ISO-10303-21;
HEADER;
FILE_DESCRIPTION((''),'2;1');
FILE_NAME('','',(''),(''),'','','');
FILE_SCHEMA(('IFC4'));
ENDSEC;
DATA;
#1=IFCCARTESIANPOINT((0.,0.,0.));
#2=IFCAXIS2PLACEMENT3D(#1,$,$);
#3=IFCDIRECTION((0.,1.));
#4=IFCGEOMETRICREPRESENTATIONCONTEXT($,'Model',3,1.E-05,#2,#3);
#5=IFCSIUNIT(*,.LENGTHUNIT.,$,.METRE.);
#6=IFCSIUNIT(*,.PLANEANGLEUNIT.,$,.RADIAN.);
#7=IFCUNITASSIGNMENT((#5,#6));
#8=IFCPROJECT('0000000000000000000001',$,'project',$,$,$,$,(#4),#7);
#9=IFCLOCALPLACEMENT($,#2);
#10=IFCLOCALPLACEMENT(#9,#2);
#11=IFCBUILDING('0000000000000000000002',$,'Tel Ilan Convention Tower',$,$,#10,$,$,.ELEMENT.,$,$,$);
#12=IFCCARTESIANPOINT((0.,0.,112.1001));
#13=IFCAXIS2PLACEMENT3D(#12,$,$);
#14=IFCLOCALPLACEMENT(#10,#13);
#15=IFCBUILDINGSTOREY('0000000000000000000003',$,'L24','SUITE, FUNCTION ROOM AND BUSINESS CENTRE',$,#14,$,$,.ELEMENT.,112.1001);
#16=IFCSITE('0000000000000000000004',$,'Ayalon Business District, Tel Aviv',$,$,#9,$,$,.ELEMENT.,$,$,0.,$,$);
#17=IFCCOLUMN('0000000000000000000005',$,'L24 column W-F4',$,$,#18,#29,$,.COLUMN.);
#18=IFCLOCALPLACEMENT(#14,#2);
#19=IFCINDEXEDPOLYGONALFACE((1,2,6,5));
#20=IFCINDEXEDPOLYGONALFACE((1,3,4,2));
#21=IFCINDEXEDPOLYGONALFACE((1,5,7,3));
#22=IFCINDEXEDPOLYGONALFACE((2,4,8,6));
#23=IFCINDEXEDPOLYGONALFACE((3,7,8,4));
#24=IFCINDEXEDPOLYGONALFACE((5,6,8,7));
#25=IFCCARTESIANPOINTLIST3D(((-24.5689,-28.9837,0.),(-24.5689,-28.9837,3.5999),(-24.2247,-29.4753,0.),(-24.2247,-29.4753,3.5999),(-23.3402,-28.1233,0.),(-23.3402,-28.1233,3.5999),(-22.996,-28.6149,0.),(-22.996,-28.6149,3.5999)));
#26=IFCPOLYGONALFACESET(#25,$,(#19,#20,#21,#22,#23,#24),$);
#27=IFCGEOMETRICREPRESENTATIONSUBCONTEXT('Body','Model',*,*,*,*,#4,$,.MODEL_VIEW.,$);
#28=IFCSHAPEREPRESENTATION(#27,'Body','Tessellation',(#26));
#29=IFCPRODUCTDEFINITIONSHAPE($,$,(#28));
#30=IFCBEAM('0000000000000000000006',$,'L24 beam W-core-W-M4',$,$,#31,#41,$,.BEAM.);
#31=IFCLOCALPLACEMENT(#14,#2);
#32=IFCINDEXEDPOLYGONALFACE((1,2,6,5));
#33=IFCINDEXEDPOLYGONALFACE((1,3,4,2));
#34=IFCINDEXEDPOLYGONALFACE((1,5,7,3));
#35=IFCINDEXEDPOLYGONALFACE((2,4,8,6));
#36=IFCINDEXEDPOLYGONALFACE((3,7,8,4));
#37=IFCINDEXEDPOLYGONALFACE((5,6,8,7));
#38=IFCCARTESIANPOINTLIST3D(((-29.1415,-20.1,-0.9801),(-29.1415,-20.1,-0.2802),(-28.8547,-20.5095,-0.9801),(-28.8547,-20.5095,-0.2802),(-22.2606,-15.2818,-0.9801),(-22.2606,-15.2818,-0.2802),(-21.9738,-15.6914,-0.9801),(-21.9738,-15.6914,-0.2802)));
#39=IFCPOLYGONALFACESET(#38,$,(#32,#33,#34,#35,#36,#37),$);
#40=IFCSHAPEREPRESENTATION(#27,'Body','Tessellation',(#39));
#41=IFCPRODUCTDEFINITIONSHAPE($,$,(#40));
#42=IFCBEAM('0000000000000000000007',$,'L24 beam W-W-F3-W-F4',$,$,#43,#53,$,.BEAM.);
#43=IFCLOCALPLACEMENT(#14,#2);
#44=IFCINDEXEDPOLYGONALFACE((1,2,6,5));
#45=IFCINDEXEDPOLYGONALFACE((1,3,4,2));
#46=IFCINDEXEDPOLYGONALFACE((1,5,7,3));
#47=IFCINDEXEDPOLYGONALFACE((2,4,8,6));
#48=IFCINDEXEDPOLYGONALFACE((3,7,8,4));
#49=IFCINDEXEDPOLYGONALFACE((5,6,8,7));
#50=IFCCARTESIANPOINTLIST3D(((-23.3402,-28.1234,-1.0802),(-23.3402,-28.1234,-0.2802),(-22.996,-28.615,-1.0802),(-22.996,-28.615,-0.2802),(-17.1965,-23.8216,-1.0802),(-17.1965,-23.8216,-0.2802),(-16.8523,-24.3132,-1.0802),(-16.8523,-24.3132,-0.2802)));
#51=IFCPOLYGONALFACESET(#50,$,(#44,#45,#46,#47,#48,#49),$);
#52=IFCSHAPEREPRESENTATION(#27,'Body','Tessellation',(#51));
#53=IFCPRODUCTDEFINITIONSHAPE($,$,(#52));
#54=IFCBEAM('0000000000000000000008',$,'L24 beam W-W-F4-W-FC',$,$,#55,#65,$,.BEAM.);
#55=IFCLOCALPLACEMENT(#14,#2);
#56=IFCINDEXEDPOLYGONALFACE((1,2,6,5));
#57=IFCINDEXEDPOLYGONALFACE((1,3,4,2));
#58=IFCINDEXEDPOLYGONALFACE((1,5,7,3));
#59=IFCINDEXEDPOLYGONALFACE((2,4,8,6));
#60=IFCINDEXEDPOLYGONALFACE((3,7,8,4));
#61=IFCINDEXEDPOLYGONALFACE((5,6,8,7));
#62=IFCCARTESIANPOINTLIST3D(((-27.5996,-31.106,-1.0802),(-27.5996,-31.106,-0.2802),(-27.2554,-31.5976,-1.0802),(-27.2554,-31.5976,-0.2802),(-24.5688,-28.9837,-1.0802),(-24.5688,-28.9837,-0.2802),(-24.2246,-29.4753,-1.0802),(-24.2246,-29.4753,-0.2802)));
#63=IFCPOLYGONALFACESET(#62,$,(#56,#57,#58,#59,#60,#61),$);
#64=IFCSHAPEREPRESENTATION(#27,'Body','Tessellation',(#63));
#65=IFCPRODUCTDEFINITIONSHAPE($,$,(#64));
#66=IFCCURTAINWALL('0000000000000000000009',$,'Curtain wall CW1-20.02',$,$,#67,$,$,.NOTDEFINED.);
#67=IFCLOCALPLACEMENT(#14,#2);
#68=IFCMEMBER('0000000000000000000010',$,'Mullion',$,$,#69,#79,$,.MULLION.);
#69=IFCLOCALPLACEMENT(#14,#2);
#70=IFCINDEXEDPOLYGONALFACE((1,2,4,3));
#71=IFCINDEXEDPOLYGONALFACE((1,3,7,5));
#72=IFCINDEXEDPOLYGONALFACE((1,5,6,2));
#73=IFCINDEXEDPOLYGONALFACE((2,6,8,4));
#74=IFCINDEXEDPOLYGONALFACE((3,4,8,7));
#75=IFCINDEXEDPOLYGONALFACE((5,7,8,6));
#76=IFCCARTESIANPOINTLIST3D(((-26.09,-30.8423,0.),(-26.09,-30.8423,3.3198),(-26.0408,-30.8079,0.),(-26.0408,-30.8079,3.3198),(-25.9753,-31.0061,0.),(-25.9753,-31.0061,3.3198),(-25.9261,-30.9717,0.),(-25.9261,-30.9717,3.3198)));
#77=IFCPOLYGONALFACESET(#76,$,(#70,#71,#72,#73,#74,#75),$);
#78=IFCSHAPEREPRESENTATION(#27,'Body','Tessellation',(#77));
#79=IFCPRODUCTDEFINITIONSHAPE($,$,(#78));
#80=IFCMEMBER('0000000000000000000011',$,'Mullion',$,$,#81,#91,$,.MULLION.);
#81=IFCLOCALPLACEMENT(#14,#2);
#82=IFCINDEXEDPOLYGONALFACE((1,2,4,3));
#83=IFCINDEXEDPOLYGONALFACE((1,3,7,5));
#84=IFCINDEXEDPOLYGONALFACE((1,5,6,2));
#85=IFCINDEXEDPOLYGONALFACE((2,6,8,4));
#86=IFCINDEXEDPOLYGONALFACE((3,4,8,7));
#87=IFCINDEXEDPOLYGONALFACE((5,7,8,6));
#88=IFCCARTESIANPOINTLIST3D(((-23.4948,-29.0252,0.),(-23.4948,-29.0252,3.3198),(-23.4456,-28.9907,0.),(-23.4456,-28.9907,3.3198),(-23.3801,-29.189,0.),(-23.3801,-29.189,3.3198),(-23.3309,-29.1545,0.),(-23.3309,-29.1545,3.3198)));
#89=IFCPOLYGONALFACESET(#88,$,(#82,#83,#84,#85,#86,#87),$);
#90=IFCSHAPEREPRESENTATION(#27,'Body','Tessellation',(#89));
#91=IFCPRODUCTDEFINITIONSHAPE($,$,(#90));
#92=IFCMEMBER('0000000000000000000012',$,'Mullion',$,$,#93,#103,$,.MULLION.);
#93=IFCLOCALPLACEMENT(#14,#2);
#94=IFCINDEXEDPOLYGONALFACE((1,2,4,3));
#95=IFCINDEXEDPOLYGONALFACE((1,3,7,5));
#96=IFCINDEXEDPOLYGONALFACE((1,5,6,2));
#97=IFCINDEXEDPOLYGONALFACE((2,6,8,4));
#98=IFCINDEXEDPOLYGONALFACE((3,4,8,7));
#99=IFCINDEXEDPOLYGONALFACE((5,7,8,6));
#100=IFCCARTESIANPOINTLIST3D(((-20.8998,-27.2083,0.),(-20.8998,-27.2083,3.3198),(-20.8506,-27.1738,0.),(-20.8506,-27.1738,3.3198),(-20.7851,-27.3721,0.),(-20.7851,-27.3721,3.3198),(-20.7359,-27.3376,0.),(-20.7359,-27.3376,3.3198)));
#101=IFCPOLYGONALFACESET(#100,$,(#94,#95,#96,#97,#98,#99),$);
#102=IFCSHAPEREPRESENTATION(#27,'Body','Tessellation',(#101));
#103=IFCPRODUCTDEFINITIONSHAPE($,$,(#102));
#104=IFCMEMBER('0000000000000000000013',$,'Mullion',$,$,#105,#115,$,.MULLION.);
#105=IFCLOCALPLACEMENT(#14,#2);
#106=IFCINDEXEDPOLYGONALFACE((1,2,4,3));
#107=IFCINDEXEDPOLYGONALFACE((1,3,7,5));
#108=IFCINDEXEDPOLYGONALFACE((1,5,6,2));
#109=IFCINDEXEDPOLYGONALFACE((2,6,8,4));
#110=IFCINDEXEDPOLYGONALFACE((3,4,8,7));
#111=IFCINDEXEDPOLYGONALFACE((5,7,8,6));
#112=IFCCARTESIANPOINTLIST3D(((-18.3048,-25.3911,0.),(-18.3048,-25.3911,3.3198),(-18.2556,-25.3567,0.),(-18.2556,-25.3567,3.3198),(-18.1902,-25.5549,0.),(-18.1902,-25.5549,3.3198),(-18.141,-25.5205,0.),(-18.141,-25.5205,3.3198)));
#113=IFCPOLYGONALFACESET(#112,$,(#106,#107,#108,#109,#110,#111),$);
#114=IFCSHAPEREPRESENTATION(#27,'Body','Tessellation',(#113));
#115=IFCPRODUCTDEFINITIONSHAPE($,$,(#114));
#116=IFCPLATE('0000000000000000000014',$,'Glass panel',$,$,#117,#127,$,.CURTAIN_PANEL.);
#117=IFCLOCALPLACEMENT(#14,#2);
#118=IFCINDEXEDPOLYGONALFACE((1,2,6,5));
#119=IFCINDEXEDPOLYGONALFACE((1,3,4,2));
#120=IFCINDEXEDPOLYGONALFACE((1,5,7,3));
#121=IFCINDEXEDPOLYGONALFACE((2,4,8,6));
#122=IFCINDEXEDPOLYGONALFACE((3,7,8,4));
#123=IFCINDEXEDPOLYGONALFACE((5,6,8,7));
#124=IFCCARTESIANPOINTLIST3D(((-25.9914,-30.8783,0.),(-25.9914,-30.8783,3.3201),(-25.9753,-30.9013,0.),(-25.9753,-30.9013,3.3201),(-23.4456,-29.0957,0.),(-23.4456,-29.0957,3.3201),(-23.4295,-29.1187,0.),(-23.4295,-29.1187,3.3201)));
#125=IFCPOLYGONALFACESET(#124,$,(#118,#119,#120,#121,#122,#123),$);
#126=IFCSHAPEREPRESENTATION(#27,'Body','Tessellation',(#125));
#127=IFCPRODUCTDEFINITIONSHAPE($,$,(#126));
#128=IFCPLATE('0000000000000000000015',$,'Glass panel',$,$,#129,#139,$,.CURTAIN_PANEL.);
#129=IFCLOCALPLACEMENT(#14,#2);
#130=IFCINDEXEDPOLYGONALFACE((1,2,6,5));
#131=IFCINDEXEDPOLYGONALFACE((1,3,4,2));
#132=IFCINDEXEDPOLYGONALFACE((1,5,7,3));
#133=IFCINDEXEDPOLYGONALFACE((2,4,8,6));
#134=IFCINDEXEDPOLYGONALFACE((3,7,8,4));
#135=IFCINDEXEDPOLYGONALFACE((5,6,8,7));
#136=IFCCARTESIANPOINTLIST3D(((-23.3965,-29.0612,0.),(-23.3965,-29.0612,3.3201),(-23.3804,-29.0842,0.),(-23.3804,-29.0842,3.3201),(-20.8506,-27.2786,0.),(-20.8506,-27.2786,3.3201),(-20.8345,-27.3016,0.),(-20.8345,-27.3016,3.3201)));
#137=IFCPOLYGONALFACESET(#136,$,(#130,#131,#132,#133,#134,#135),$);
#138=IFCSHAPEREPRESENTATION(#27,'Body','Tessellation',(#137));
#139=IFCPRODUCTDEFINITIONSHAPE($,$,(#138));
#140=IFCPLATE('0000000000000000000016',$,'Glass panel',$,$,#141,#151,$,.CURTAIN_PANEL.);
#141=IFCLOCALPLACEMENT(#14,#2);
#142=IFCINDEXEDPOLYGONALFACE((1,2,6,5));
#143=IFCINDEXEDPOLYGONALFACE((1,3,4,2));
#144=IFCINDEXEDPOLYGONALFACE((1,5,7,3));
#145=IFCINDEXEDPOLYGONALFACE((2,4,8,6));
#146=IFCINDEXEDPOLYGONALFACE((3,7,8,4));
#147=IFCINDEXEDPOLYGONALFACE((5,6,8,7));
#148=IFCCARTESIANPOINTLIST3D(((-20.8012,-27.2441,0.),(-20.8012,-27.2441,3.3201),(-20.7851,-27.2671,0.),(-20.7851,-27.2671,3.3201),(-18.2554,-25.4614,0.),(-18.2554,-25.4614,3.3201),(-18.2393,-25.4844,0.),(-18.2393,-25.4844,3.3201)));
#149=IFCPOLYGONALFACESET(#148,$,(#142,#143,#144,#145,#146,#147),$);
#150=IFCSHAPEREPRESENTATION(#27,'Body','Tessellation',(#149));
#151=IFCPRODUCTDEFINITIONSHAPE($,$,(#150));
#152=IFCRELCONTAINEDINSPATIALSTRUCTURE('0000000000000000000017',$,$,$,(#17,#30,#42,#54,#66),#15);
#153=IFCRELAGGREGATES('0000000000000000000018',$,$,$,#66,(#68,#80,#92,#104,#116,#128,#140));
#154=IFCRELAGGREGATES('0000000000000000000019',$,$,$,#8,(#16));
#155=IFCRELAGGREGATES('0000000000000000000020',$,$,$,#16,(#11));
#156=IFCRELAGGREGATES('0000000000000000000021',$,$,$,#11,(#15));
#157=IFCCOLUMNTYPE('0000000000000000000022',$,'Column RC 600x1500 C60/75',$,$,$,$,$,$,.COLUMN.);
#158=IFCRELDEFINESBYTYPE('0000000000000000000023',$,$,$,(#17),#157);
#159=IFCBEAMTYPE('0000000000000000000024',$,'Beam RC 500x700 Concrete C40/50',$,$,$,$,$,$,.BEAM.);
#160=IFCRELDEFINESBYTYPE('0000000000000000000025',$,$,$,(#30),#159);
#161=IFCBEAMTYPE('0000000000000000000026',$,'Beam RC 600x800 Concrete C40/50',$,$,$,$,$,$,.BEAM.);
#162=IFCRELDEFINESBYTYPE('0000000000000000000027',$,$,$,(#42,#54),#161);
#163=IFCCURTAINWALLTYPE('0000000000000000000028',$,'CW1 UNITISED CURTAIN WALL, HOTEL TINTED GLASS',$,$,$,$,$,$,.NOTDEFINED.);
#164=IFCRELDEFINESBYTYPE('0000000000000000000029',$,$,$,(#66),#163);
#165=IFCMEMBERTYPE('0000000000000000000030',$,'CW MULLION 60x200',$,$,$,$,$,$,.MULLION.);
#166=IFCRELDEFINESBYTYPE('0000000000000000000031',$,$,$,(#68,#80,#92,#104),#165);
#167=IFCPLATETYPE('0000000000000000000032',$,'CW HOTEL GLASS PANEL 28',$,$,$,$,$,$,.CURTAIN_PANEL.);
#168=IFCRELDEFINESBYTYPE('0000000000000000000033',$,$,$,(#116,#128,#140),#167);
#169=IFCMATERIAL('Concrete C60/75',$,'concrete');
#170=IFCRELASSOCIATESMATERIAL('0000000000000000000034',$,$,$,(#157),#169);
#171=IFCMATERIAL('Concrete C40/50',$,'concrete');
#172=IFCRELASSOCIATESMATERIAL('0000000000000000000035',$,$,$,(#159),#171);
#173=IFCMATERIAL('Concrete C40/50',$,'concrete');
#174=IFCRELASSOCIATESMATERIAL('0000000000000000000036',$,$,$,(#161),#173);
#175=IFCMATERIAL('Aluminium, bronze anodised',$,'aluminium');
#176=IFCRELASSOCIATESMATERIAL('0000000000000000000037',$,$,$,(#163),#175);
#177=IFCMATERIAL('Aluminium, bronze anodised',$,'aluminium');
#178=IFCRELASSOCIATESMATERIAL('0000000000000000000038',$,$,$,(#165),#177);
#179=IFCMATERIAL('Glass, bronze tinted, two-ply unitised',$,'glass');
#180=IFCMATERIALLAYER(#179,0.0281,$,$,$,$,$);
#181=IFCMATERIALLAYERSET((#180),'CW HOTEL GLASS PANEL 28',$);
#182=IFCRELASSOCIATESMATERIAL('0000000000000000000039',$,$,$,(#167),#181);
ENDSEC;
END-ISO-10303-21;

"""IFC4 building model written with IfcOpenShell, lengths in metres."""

from ifc_helpers import new_model, si_unit, direction, frame, origin, origin_2d, place, context, subcontext, project, spatial, rectangle, extrude, material, layer, layer_set, material_profile, profile_set, type_object, element, aggregate, save


model = new_model("IFC4")

# Units and contexts
model_context = context("Model", 3, precision=1e-05, world=origin(), true_north=direction((0.0, 1.0)))
body_context = subcontext(model_context, "Body", "Model", "MODEL_VIEW")
ifc_project = project(units=[si_unit("LENGTHUNIT", "METRE"), si_unit("PLANEANGLEUNIT", "RADIAN")], contexts=[model_context])

# Site, building, storey
site_placement = place(None, origin())
site = spatial("IfcSite", under=ifc_project, at=site_placement, Name="Ayalon Business District, Tel Aviv", CompositionType="ELEMENT", RefElevation=0.0)
building_placement = place(site_placement, origin())
building = spatial("IfcBuilding", under=site, at=building_placement, Name="Tel Ilan Convention Tower", CompositionType="ELEMENT")
storey_placement = place(building_placement, frame((0.0, 0.0, 112.1001)))
storey = spatial("IfcBuildingStorey", under=building, at=storey_placement, Name="L24", Description="SUITE, FUNCTION ROOM AND BUSINESS CENTRE", CompositionType="ELEMENT", Elevation=112.1001)

# Column
ifc_material_1 = material(Name="Concrete C60/75", Category="concrete")
ifc_material_profile_1 = material_profile(ifc_material_1, rectangle(XDim=1.5, YDim=0.6001, at=origin_2d()), Name="RC 600x1500")
ifc_profile_set_1 = profile_set([ifc_material_profile_1], Name="Concrete C60/75")
column_type = type_object("IfcColumnType", Name="Column RC 600x1500 C60/75", PredefinedType="COLUMN", material=ifc_profile_set_1)
column_placement = place(storey_placement, frame((-23.7825, -28.7993, 0.0), z_axis=(0.0, 0.0, 1.0), x_axis=(-0.819152, -0.573576, 0.0)))
element("IfcColumn", 1, at=column_placement, inside=storey, type_object=column_type, Name="L24 column W-F4", PredefinedType="COLUMN", context=body_context, shape_type="SweptSolid", body=[
    extrude(rectangle(XDim=1.5, YDim=0.6001, at=origin_2d()), origin(), (0.0, 0.0, 1.0), 3.5999),
])

# Beams
ifc_material_2 = material(Name="Concrete C40/50", Category="concrete")
ifc_material_profile_2 = material_profile(ifc_material_2, rectangle(XDim=0.5, YDim=0.7, at=origin_2d()), Name="RC 500x700")
ifc_profile_set_2 = profile_set([ifc_material_profile_2], Name="Concrete C40/50")
beam_type_1 = type_object("IfcBeamType", Name="Beam RC 500x700 Concrete C40/50", PredefinedType="BEAM", material=ifc_profile_set_2)
beam_1_placement = place(storey_placement, frame((-22.1172, -15.4866, -0.6301), z_axis=(-0.819147, -0.573583, 0.0), x_axis=(0.573583, -0.819147, 0.0)))
element("IfcBeam", 2, at=beam_1_placement, inside=storey, type_object=beam_type_1, Name="L24 beam W-core-W-M4", PredefinedType="BEAM", context=body_context, shape_type="SweptSolid", body=[
    extrude(rectangle(XDim=0.5, YDim=0.7, at=origin_2d()), origin(), (0.0, 0.0, 1.0), 8.4001),
])
ifc_material_3 = material(Name="Concrete C40/50", Category="concrete")
ifc_material_profile_3 = material_profile(ifc_material_3, rectangle(XDim=0.6001, YDim=0.8, at=origin_2d()), Name="RC 600x800")
ifc_profile_set_3 = profile_set([ifc_material_profile_3], Name="Concrete C40/50")
beam_type_2 = type_object("IfcBeamType", Name="Beam RC 600x800 Concrete C40/50", PredefinedType="BEAM", material=ifc_profile_set_3)
beam_2_placement = place(storey_placement, frame((-17.0244, -24.0674, -0.6802), z_axis=(-0.819152, -0.573576, 0.0), x_axis=(0.573576, -0.819152, 0.0)))
element("IfcBeam", 3, at=beam_2_placement, inside=storey, type_object=beam_type_2, Name="L24 beam W-W-F3-W-F4", PredefinedType="BEAM", context=body_context, shape_type="SweptSolid", body=[
    extrude(rectangle(XDim=0.6001, YDim=0.8, at=origin_2d()), origin(), (0.0, 0.0, 1.0), 7.5),
])
beam_3_placement = place(storey_placement, frame((-24.3967, -29.2295, -0.6802), z_axis=(-0.819133, -0.573604, 0.0), x_axis=(0.573604, -0.819133, 0.0)))
element("IfcBeam", 4, at=beam_3_placement, inside=storey, type_object=beam_type_2, Name="L24 beam W-W-F4-W-FC", PredefinedType="BEAM", context=body_context, shape_type="SweptSolid", body=[
    extrude(rectangle(XDim=0.6001, YDim=0.8, at=origin_2d()), origin(), (0.0, 0.0, 1.0), 3.7),
])

# Curtain wall, members, plates
ifc_material_4 = material(Name="Aluminium, bronze anodised", Category="aluminium")
curtain_wall_type = type_object("IfcCurtainWallType", Name="CW1 UNITISED CURTAIN WALL, HOTEL TINTED GLASS", PredefinedType="NOTDEFINED", material=ifc_material_4)
curtain_wall_placement = place(storey_placement, origin())
curtain_wall = element("IfcCurtainWall", 5, at=curtain_wall_placement, inside=storey, type_object=curtain_wall_type, Name="Curtain wall CW1-20.02", PredefinedType="NOTDEFINED")
ifc_material_5 = material(Name="Aluminium, bronze anodised", Category="aluminium")
ifc_material_profile_4 = material_profile(ifc_material_5, rectangle(XDim=0.0601, YDim=0.2, at=origin_2d()), Name="CW MULLION 60x200")
ifc_profile_set_4 = profile_set([ifc_material_profile_4], Name="Aluminium, bronze anodised")
member_type = type_object("IfcMemberType", Name="CW MULLION 60x200", PredefinedType="MULLION", material=ifc_profile_set_4)
member_1_placement = place(storey_placement, frame((-26.0081, -30.907, 0.0), z_axis=(0.0, 0.0, 1.0), x_axis=(0.819152, 0.573576, 0.0)))
member_1 = element("IfcMember", 6, at=member_1_placement, type_object=member_type, Name="Mullion", PredefinedType="MULLION", context=body_context, shape_type="SweptSolid", body=[
    extrude(rectangle(XDim=0.0601, YDim=0.2, at=origin_2d()), origin(), (0.0, 0.0, 1.0), 3.3198),
])
member_2_placement = place(storey_placement, frame((-23.4128, -29.0898, 0.0), z_axis=(0.0, 0.0, 1.0), x_axis=(0.819152, 0.573576, 0.0)))
member_2 = element("IfcMember", 7, at=member_2_placement, type_object=member_type, Name="Mullion", PredefinedType="MULLION", context=body_context, shape_type="SweptSolid", body=[
    extrude(rectangle(XDim=0.0601, YDim=0.2, at=origin_2d()), origin(), (0.0, 0.0, 1.0), 3.3198),
])
member_3_placement = place(storey_placement, frame((-20.8179, -27.2729, 0.0), z_axis=(0.0, 0.0, 1.0), x_axis=(0.819152, 0.573576, 0.0)))
member_3 = element("IfcMember", 8, at=member_3_placement, type_object=member_type, Name="Mullion", PredefinedType="MULLION", context=body_context, shape_type="SweptSolid", body=[
    extrude(rectangle(XDim=0.0601, YDim=0.2, at=origin_2d()), origin(), (0.0, 0.0, 1.0), 3.3198),
])
member_4_placement = place(storey_placement, frame((-18.2229, -25.4558, 0.0), z_axis=(0.0, 0.0, 1.0), x_axis=(0.819152, 0.573576, 0.0)))
member_4 = element("IfcMember", 9, at=member_4_placement, type_object=member_type, Name="Mullion", PredefinedType="MULLION", context=body_context, shape_type="SweptSolid", body=[
    extrude(rectangle(XDim=0.0601, YDim=0.2, at=origin_2d()), origin(), (0.0, 0.0, 1.0), 3.3198),
])
ifc_material_6 = material(Name="Glass, bronze tinted, two-ply unitised", Category="glass")
ifc_layer_1 = layer(ifc_material_6, 0.0281)
ifc_layer_set_1 = layer_set([ifc_layer_1], Name="CW HOTEL GLASS PANEL 28")
plate_type = type_object("IfcPlateType", Name="CW HOTEL GLASS PANEL 28", PredefinedType="CURTAIN_PANEL", material=ifc_layer_set_1)
plate_1_placement = place(storey_placement, frame((-24.7104, -29.9985, 0.0), z_axis=(0.0, 0.0, 1.0), x_axis=(0.819152, 0.573576, 0.0)))
plate_1 = element("IfcPlate", 10, at=plate_1_placement, type_object=plate_type, Name="Glass panel", PredefinedType="CURTAIN_PANEL", context=body_context, shape_type="SweptSolid", body=[
    extrude(rectangle(XDim=3.1079, YDim=0.0281, at=origin_2d()), origin(), (0.0, 0.0, 1.0), 3.3201),
])
plate_2_placement = place(storey_placement, frame((-22.1155, -28.1814, 0.0), z_axis=(0.0, 0.0, 1.0), x_axis=(0.819152, 0.573576, 0.0)))
plate_2 = element("IfcPlate", 11, at=plate_2_placement, type_object=plate_type, Name="Glass panel", PredefinedType="CURTAIN_PANEL", context=body_context, shape_type="SweptSolid", body=[
    extrude(rectangle(XDim=3.1079, YDim=0.0281, at=origin_2d()), origin(), (0.0, 0.0, 1.0), 3.3201),
])
plate_3_placement = place(storey_placement, frame((-19.5203, -26.3643, 0.0), z_axis=(0.0, 0.0, 1.0), x_axis=(0.819152, 0.573576, 0.0)))
plate_3 = element("IfcPlate", 12, at=plate_3_placement, type_object=plate_type, Name="Glass panel", PredefinedType="CURTAIN_PANEL", context=body_context, shape_type="SweptSolid", body=[
    extrude(rectangle(XDim=3.1079, YDim=0.0281, at=origin_2d()), origin(), (0.0, 0.0, 1.0), 3.3201),
])
aggregate(curtain_wall, [member_1, member_2, member_3, member_4, plate_1, plate_2, plate_3])

save(model, "model.ifc")
